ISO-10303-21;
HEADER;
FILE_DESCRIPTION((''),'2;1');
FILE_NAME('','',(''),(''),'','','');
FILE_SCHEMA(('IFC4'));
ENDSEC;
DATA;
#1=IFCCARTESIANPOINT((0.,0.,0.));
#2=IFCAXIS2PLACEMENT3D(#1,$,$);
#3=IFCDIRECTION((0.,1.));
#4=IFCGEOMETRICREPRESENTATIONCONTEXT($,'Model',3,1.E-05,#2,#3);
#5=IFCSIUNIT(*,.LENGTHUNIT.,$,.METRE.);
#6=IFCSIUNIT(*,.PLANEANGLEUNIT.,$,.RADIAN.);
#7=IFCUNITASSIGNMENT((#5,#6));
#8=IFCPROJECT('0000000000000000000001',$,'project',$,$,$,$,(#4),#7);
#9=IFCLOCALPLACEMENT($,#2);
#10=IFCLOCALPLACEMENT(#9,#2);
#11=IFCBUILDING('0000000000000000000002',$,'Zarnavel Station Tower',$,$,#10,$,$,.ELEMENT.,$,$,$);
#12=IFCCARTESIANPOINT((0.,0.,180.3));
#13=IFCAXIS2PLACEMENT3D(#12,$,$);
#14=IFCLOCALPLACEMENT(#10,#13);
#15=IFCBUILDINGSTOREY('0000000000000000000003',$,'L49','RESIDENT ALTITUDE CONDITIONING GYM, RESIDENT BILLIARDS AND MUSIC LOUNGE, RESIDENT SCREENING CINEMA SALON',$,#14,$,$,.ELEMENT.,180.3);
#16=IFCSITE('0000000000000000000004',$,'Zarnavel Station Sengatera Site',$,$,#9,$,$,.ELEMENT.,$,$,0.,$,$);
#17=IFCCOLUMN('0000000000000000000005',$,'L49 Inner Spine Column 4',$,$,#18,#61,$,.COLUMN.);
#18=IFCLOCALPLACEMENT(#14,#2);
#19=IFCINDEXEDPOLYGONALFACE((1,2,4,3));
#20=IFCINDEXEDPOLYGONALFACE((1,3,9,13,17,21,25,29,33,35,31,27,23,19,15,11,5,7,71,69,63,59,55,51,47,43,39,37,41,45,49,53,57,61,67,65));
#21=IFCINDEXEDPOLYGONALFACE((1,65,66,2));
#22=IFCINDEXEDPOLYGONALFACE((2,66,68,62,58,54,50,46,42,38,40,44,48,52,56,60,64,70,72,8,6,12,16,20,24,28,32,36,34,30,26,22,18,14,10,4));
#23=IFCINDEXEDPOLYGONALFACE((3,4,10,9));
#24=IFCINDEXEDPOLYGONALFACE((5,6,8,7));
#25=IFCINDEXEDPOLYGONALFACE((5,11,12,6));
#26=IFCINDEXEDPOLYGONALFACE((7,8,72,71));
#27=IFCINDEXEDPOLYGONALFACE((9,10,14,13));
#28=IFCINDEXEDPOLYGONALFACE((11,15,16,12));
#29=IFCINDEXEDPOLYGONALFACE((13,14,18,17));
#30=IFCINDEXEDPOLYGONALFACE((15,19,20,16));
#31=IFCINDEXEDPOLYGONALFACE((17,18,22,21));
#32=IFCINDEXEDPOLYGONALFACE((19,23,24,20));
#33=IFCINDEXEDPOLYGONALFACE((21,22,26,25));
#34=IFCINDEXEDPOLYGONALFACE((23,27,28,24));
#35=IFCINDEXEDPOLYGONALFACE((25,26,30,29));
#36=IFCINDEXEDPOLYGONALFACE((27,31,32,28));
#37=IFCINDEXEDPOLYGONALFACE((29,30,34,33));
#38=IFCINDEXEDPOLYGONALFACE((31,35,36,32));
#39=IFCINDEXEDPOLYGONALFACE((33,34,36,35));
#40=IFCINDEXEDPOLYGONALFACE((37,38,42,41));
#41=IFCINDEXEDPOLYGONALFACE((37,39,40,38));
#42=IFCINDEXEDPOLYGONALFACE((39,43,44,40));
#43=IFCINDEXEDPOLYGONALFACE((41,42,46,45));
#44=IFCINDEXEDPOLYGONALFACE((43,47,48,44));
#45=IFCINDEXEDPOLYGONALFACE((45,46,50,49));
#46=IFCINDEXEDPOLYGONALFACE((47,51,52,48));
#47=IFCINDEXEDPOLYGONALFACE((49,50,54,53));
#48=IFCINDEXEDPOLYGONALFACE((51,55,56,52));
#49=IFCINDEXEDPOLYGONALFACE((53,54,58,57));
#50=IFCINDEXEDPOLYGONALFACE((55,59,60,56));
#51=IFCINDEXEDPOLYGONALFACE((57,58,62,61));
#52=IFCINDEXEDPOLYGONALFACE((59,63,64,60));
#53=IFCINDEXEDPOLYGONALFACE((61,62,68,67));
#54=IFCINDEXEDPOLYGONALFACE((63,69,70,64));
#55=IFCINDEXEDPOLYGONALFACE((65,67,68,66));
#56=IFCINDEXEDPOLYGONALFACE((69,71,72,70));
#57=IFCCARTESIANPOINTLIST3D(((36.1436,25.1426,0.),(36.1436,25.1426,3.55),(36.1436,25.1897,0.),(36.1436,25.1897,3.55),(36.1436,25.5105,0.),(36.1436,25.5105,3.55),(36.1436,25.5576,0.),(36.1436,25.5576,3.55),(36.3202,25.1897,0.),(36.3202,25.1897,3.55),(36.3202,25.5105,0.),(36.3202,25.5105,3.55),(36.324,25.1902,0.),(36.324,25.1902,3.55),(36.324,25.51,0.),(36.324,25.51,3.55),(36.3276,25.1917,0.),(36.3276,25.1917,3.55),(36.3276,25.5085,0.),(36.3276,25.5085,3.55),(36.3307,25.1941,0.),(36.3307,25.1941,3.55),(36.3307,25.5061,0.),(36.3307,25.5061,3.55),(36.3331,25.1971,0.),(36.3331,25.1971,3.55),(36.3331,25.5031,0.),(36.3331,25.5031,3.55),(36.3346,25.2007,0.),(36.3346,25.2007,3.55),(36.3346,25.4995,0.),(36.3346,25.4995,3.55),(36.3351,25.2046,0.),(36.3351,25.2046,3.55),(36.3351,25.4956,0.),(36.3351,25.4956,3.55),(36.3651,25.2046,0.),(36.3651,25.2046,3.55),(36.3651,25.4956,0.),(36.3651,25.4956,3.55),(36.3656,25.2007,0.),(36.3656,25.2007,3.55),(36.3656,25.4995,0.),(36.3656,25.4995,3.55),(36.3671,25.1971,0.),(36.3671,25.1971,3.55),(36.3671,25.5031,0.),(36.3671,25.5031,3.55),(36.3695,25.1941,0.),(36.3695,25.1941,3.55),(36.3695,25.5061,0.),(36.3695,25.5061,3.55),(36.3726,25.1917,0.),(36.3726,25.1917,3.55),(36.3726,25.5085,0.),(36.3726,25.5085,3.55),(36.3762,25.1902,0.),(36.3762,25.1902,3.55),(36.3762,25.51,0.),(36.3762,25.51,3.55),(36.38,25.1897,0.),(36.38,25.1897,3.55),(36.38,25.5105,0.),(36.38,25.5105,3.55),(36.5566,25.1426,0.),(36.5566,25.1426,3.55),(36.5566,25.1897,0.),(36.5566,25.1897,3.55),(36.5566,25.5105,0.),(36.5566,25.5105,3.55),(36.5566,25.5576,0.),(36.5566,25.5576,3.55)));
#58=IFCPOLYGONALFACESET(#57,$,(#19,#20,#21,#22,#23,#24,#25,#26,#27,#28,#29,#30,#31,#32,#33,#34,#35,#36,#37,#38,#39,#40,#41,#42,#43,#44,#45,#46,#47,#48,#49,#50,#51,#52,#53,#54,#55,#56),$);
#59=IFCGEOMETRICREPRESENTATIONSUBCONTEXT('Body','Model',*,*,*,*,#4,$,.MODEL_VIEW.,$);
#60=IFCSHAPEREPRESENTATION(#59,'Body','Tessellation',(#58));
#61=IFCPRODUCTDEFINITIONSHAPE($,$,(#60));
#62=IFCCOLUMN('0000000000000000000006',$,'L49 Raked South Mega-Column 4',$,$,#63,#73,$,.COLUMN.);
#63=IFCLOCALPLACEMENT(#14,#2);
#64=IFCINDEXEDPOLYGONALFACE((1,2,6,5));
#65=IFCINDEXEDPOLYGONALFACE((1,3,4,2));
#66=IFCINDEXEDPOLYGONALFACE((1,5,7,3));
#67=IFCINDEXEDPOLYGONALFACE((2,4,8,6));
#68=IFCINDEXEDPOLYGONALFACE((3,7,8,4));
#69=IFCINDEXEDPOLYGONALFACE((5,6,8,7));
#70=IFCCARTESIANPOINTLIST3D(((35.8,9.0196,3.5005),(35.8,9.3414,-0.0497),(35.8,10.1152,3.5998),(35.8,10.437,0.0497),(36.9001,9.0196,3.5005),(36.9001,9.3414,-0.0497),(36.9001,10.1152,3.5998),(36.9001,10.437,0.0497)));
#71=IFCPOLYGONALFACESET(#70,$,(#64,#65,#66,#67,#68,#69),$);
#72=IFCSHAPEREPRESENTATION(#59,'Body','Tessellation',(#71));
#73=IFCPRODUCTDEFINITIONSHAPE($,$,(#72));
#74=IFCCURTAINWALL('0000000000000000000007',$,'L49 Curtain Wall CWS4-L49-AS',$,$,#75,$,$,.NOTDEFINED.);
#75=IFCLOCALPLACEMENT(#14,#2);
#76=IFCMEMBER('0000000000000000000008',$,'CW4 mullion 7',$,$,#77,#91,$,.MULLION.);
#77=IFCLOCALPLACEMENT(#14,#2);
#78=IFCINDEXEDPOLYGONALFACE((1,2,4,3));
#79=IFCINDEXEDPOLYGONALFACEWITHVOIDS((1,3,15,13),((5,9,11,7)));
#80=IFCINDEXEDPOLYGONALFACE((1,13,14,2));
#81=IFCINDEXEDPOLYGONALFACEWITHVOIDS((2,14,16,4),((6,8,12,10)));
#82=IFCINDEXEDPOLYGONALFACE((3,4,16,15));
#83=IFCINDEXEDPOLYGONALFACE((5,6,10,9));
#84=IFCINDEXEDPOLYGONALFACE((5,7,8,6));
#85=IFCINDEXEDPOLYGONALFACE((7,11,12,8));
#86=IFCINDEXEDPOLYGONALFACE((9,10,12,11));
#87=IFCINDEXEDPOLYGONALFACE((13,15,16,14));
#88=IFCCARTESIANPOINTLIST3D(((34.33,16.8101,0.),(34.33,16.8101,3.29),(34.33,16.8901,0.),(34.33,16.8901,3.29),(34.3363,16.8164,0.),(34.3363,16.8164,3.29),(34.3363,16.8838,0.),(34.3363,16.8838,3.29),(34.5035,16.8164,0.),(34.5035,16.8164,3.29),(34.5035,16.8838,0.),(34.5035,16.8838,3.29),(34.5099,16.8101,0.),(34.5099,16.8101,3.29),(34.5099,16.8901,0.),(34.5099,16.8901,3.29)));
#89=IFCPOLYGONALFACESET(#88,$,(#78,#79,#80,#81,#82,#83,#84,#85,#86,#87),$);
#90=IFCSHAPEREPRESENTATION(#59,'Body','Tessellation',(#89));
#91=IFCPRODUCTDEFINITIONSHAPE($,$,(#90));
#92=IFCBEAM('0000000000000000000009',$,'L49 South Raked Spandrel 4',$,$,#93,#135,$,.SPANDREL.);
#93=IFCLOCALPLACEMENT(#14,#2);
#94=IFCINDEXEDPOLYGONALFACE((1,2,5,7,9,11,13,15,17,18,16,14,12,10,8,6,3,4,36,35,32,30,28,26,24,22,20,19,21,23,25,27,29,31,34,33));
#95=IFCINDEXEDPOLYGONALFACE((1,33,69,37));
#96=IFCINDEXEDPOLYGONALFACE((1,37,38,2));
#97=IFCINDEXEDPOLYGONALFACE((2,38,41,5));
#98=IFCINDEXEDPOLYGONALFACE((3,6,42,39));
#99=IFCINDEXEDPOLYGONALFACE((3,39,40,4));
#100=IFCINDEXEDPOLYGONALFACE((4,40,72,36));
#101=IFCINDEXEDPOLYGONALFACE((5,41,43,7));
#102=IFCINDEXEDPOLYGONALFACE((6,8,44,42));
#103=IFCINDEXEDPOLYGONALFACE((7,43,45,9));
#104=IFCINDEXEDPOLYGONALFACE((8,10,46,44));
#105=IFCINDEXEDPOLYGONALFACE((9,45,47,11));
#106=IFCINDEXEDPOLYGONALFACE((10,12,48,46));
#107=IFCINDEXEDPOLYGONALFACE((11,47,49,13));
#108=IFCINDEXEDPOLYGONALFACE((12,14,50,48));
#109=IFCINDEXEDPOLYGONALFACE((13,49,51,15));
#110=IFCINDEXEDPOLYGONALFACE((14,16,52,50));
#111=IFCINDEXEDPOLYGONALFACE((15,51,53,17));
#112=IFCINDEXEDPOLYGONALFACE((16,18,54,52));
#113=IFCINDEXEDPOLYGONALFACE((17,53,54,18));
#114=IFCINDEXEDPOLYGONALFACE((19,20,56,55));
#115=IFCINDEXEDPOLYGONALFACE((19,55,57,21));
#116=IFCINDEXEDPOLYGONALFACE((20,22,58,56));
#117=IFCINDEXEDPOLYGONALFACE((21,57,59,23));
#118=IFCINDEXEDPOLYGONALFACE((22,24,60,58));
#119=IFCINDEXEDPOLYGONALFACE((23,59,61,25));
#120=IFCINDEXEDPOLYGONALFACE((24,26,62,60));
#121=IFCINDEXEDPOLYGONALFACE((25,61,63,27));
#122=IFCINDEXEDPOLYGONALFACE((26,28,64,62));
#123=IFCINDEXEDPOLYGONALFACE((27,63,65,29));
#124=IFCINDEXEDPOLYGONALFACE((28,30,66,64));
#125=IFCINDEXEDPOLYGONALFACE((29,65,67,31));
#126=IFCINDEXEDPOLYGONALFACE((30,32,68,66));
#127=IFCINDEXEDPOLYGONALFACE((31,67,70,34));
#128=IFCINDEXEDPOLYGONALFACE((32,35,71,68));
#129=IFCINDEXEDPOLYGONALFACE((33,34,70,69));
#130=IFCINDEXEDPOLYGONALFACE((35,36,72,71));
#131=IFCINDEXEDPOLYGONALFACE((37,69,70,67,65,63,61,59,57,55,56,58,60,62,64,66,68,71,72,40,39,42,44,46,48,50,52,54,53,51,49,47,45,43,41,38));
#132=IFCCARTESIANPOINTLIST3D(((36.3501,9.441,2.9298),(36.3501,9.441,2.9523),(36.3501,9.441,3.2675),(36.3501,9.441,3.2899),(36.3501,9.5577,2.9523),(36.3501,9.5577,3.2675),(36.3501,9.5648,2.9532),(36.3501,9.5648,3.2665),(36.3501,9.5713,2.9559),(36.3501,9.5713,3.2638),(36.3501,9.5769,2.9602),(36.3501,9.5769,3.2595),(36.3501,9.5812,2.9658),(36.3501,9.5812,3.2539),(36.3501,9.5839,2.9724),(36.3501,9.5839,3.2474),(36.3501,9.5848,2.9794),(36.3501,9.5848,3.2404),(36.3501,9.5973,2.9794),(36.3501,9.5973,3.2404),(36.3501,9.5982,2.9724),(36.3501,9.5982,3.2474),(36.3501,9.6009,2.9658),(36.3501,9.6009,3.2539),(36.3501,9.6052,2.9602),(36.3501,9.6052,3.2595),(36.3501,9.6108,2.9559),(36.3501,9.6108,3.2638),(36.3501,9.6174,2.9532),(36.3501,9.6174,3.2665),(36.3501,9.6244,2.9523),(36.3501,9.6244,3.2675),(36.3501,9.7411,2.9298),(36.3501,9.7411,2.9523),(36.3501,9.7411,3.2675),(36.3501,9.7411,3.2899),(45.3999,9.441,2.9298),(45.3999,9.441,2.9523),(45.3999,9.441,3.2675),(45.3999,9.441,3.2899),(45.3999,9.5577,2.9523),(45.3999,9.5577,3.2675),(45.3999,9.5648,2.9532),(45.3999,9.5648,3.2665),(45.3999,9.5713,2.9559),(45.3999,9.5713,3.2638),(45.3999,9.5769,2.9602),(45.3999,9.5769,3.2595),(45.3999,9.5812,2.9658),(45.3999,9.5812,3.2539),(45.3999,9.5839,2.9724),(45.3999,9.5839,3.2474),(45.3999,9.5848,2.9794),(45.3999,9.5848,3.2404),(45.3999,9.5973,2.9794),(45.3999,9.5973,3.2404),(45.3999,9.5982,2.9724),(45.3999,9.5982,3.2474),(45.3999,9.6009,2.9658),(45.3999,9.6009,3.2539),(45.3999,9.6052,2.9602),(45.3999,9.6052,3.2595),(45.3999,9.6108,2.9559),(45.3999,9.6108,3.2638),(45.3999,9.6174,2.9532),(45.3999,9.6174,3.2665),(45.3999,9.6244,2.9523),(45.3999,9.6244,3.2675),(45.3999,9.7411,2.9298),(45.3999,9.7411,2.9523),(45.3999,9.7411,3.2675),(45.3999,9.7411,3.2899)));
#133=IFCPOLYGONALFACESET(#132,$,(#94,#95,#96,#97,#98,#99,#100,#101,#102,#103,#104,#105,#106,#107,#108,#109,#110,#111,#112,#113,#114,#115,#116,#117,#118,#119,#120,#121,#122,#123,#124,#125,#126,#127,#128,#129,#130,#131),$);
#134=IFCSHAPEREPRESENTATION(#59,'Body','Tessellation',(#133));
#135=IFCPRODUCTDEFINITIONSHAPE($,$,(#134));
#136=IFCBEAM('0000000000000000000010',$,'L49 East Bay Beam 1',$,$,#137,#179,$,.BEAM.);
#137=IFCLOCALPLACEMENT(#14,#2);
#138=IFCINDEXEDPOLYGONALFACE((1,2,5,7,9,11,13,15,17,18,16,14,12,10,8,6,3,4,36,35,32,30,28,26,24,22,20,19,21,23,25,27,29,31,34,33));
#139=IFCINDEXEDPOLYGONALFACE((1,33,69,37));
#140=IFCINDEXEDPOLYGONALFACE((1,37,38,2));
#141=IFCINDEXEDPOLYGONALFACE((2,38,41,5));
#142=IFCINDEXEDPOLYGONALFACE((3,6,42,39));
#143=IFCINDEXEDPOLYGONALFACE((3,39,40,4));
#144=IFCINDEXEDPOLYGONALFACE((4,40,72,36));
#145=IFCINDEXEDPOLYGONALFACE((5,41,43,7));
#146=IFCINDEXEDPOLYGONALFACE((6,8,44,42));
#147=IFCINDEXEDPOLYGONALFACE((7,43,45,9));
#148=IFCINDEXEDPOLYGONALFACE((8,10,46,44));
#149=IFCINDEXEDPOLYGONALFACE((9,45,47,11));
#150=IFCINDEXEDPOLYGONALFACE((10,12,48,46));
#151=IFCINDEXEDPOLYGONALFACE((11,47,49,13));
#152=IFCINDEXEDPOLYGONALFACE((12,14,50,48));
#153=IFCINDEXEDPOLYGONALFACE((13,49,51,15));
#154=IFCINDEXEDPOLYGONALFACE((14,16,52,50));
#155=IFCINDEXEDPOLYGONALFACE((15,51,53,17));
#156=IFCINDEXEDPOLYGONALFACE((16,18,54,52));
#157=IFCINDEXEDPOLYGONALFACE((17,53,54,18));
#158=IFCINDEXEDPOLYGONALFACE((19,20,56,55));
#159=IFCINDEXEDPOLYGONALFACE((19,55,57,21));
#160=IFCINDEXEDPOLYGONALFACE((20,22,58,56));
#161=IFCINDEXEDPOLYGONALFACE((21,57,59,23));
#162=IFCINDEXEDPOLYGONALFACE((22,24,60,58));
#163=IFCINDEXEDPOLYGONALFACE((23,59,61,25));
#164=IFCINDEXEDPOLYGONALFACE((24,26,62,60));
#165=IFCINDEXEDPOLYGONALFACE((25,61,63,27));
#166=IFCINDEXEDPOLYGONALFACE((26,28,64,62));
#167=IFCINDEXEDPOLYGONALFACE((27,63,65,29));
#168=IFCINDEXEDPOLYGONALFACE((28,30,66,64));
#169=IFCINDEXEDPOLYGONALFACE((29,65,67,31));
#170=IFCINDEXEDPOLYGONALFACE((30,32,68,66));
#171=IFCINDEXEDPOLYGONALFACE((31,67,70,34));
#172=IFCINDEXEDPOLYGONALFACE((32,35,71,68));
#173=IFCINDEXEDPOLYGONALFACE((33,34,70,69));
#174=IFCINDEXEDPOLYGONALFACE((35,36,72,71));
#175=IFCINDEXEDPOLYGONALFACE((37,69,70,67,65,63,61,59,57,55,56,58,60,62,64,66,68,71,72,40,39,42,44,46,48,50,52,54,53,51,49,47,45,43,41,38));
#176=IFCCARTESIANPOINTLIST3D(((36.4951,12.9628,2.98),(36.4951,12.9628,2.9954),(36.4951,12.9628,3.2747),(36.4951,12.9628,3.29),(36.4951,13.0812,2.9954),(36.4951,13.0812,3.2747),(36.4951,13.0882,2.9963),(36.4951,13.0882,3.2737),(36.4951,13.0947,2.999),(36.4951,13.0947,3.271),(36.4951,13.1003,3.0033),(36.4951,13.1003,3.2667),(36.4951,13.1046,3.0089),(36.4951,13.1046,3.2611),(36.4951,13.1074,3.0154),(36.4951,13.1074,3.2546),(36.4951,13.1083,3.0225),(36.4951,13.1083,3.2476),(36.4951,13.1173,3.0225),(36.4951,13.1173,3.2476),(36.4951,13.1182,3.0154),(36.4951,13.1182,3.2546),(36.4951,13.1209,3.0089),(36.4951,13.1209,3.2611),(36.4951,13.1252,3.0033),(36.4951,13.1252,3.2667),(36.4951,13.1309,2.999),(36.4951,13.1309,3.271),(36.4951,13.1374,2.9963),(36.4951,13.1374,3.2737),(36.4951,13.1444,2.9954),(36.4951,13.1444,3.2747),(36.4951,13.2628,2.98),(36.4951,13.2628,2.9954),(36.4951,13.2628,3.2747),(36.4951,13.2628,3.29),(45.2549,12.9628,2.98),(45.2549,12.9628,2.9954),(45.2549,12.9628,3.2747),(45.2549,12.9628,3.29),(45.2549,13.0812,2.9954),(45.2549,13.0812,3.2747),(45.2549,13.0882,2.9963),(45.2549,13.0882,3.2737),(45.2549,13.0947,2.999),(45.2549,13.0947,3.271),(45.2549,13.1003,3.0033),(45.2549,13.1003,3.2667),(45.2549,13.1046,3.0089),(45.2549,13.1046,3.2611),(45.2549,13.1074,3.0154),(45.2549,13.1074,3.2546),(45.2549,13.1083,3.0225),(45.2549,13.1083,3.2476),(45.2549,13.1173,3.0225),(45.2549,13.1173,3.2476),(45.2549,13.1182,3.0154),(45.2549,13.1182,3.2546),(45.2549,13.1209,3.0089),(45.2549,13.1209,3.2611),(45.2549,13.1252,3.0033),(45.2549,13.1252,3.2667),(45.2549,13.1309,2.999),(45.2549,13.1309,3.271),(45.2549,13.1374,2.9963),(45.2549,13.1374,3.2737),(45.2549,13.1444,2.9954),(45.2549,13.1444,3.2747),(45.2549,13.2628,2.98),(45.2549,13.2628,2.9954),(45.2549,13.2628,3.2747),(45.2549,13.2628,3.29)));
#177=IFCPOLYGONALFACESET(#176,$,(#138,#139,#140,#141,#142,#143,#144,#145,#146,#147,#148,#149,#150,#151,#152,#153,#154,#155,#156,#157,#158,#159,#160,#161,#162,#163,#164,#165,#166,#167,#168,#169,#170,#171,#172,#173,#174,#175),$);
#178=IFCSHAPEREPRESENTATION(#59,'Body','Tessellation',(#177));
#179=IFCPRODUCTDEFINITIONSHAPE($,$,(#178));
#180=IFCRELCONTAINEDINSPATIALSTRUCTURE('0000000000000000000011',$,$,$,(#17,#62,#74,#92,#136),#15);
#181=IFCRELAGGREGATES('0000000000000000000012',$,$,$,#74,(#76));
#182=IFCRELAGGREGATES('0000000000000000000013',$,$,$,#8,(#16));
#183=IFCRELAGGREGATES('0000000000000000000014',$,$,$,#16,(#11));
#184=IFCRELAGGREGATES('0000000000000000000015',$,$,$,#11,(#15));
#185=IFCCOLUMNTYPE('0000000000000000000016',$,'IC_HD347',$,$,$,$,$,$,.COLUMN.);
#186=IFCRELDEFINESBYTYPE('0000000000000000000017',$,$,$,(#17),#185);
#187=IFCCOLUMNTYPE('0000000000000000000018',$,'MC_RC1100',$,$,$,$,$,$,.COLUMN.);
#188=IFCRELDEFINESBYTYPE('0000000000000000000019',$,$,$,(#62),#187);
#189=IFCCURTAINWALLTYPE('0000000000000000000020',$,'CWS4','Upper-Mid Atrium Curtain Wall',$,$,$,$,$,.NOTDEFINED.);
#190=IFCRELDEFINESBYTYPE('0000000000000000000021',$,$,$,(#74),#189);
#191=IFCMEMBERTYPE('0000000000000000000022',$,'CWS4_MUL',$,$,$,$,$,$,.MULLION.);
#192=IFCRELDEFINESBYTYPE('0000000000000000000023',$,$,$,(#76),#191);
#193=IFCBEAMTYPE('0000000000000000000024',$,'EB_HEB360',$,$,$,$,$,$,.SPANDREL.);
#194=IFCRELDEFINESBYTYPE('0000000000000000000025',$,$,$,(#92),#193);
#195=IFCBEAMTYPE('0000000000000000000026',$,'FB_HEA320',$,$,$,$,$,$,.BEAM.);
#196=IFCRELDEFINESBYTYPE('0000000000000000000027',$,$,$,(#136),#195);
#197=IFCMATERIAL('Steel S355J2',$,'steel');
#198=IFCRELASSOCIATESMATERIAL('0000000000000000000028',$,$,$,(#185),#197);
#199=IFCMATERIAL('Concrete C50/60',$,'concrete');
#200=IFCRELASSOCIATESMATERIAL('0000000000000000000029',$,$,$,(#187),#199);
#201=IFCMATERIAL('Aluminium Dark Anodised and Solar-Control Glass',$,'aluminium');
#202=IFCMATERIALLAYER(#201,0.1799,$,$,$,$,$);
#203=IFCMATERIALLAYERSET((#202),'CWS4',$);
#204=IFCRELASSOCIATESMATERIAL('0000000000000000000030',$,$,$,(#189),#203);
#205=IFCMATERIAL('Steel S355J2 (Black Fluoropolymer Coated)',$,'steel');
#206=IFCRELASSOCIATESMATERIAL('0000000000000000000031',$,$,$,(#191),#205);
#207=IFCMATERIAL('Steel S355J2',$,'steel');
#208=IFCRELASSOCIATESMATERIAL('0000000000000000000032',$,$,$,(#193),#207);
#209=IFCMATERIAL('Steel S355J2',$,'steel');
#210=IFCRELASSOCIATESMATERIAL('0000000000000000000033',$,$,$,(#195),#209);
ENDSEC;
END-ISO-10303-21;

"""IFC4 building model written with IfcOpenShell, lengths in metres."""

from ifc_helpers import new_model, si_unit, direction, frame, origin, origin_2d, place, context, subcontext, project, spatial, rectangle, hollow_rectangle, i_section, extrude, material, layer, layer_set, material_profile, profile_set, type_object, element, aggregate, save


model = new_model("IFC4")

# Units and contexts
model_context = context("Model", 3, precision=1e-05, world=origin(), true_north=direction((0.0, 1.0)))
body_context = subcontext(model_context, "Body", "Model", "MODEL_VIEW")
ifc_project = project(units=[si_unit("LENGTHUNIT", "METRE"), si_unit("PLANEANGLEUNIT", "RADIAN")], contexts=[model_context])

# Site, building, storey
site_placement = place(None, origin())
site = spatial("IfcSite", under=ifc_project, at=site_placement, Name="Zarnavel Station Sengatera Site", CompositionType="ELEMENT", RefElevation=0.0)
building_placement = place(site_placement, origin())
building = spatial("IfcBuilding", under=site, at=building_placement, Name="Zarnavel Station Tower", CompositionType="ELEMENT")
storey_placement = place(building_placement, frame((0.0, 0.0, 180.3)))
storey = spatial("IfcBuildingStorey", under=building, at=storey_placement, Name="L49", Description="RESIDENT ALTITUDE CONDITIONING GYM, RESIDENT BILLIARDS AND MUSIC LOUNGE, RESIDENT SCREENING CINEMA SALON", CompositionType="ELEMENT", Elevation=180.3)

# Columns
ifc_material_1 = material(Name="Steel S355J2", Category="steel")
ifc_material_profile_1 = material_profile(ifc_material_1, i_section(OverallWidth=0.4131, OverallDepth=0.415, WebThickness=0.03, FlangeThickness=0.0471, FilletRadius=0.0149, at=origin_2d()), Name="HD400x347")
ifc_profile_set_1 = profile_set([ifc_material_profile_1], Name="Steel S355J2")
column_type_1 = type_object("IfcColumnType", Name="IC_HD347", PredefinedType="COLUMN", material=ifc_profile_set_1)
column_1_placement = place(storey_placement, frame((36.3501, 25.3501, 0.0), z_axis=(0.0, 0.0, 1.0), x_axis=(1.0, 0.0, 0.0)))
element("IfcColumn", 1, at=column_1_placement, inside=storey, type_object=column_type_1, Name="L49 Inner Spine Column 4", PredefinedType="COLUMN", context=body_context, shape_type="SweptSolid", body=[
    extrude(i_section(OverallWidth=0.4131, OverallDepth=0.415, WebThickness=0.03, FlangeThickness=0.0471, FilletRadius=0.0149, at=origin_2d()), origin(), (0.0, 0.0, 1.0), 3.55),
])
ifc_material_2 = material(Name="Concrete C50/60", Category="concrete")
ifc_material_profile_2 = material_profile(ifc_material_2, rectangle(XDim=1.1001, YDim=1.1001, at=origin_2d()), Name="RC1100x1100")
ifc_profile_set_2 = profile_set([ifc_material_profile_2], Name="Concrete C50/60")
column_type_2 = type_object("IfcColumnType", Name="MC_RC1100", PredefinedType="COLUMN", material=ifc_profile_set_2)
column_2_placement = place(storey_placement, frame((36.3501, 9.8892, 0.0), z_axis=(0.0, -0.09027, 0.995917), x_axis=(1.0, 0.0, 0.0)))
element("IfcColumn", 2, at=column_2_placement, inside=storey, type_object=column_type_2, Name="L49 Raked South Mega-Column 4", PredefinedType="COLUMN", context=body_context, shape_type="SweptSolid", body=[
    extrude(rectangle(XDim=1.1001, YDim=1.1001, at=origin_2d()), origin(), (0.0, 0.0, 1.0), 3.5647),
])

# Curtain wall, member
ifc_material_3 = material(Name="Aluminium Dark Anodised and Solar-Control Glass", Category="aluminium")
ifc_layer_1 = layer(ifc_material_3, 0.1799)
ifc_layer_set_1 = layer_set([ifc_layer_1], Name="CWS4")
curtain_wall_type = type_object("IfcCurtainWallType", Name="CWS4", Description="Upper-Mid Atrium Curtain Wall", PredefinedType="NOTDEFINED", material=ifc_layer_set_1)
curtain_wall_placement = place(storey_placement, origin())
curtain_wall = element("IfcCurtainWall", 3, at=curtain_wall_placement, inside=storey, type_object=curtain_wall_type, Name="L49 Curtain Wall CWS4-L49-AS", PredefinedType="NOTDEFINED")
ifc_material_4 = material(Name="Steel S355J2 (Black Fluoropolymer Coated)", Category="steel")
ifc_material_profile_3 = material_profile(ifc_material_4, hollow_rectangle(XDim=0.0801, YDim=0.1799, WallThickness=0.0063, at=origin_2d()), Name="RHS180x80x6.3")
ifc_profile_set_3 = profile_set([ifc_material_profile_3], Name="Steel S355J2 (Black Fluoropolymer Coated)")
member_type = type_object("IfcMemberType", Name="CWS4_MUL", PredefinedType="MULLION", material=ifc_profile_set_3)
member_placement = place(storey_placement, frame((34.4199, 16.8501, 0.0), z_axis=(0.0, 0.0, 1.0), x_axis=(0.0, 1.0, 0.0)))
member = element("IfcMember", 4, at=member_placement, type_object=member_type, Name="CW4 mullion 7", PredefinedType="MULLION", context=body_context, shape_type="SweptSolid", body=[
    extrude(hollow_rectangle(XDim=0.0801, YDim=0.1799, WallThickness=0.0063, at=origin_2d()), origin(), (0.0, 0.0, 1.0), 3.29),
])
aggregate(curtain_wall, [member])

# Beams
ifc_material_5 = material(Name="Steel S355J2", Category="steel")
ifc_material_profile_4 = material_profile(ifc_material_5, i_section(OverallWidth=0.3, OverallDepth=0.3601, WebThickness=0.0125, FlangeThickness=0.0225, FilletRadius=0.0271, at=origin_2d()), Name="HEB360")
ifc_profile_set_4 = profile_set([ifc_material_profile_4], Name="Steel S355J2")
beam_type_1 = type_object("IfcBeamType", Name="EB_HEB360", PredefinedType="SPANDREL", material=ifc_profile_set_4)
beam_1_placement = place(storey_placement, frame((36.3501, 9.5911, 3.1099), z_axis=(1.0, 0.0, 0.0), x_axis=(0.0, 1.0, 0.0)))
element("IfcBeam", 5, at=beam_1_placement, inside=storey, type_object=beam_type_1, Name="L49 South Raked Spandrel 4", PredefinedType="SPANDREL", context=body_context, shape_type="SweptSolid", body=[
    extrude(i_section(OverallWidth=0.3, OverallDepth=0.3601, WebThickness=0.0125, FlangeThickness=0.0225, FilletRadius=0.0271, at=origin_2d()), origin(), (0.0, 0.0, 1.0), 9.0498),
])
ifc_material_6 = material(Name="Steel S355J2", Category="steel")
ifc_material_profile_5 = material_profile(ifc_material_6, i_section(OverallWidth=0.3, OverallDepth=0.3101, WebThickness=0.009, FlangeThickness=0.0154, FilletRadius=0.0271, at=origin_2d()), Name="HEA320")
ifc_profile_set_5 = profile_set([ifc_material_profile_5], Name="Steel S355J2")
beam_type_2 = type_object("IfcBeamType", Name="FB_HEA320", PredefinedType="BEAM", material=ifc_profile_set_5)
for number, where, z_axis, x_axis, name in (
    (6, (36.4951, 13.1128, 3.135), (1.0, 0.0, 0.0), (0.0, 1.0, 0.0), "L49 East Bay Beam 1"),
):
    element("IfcBeam", number, at=place(storey_placement, frame(where, z_axis=z_axis, x_axis=x_axis)), inside=storey, type_object=beam_type_2, Name=name, PredefinedType="BEAM", context=body_context, shape_type="SweptSolid", body=[
        extrude(i_section(OverallWidth=0.3, OverallDepth=0.3101, WebThickness=0.009, FlangeThickness=0.0154, FilletRadius=0.0271, at=origin_2d()), origin(), (0.0, 0.0, 1.0), 8.7598),
    ])

save(model, "model.ifc")
